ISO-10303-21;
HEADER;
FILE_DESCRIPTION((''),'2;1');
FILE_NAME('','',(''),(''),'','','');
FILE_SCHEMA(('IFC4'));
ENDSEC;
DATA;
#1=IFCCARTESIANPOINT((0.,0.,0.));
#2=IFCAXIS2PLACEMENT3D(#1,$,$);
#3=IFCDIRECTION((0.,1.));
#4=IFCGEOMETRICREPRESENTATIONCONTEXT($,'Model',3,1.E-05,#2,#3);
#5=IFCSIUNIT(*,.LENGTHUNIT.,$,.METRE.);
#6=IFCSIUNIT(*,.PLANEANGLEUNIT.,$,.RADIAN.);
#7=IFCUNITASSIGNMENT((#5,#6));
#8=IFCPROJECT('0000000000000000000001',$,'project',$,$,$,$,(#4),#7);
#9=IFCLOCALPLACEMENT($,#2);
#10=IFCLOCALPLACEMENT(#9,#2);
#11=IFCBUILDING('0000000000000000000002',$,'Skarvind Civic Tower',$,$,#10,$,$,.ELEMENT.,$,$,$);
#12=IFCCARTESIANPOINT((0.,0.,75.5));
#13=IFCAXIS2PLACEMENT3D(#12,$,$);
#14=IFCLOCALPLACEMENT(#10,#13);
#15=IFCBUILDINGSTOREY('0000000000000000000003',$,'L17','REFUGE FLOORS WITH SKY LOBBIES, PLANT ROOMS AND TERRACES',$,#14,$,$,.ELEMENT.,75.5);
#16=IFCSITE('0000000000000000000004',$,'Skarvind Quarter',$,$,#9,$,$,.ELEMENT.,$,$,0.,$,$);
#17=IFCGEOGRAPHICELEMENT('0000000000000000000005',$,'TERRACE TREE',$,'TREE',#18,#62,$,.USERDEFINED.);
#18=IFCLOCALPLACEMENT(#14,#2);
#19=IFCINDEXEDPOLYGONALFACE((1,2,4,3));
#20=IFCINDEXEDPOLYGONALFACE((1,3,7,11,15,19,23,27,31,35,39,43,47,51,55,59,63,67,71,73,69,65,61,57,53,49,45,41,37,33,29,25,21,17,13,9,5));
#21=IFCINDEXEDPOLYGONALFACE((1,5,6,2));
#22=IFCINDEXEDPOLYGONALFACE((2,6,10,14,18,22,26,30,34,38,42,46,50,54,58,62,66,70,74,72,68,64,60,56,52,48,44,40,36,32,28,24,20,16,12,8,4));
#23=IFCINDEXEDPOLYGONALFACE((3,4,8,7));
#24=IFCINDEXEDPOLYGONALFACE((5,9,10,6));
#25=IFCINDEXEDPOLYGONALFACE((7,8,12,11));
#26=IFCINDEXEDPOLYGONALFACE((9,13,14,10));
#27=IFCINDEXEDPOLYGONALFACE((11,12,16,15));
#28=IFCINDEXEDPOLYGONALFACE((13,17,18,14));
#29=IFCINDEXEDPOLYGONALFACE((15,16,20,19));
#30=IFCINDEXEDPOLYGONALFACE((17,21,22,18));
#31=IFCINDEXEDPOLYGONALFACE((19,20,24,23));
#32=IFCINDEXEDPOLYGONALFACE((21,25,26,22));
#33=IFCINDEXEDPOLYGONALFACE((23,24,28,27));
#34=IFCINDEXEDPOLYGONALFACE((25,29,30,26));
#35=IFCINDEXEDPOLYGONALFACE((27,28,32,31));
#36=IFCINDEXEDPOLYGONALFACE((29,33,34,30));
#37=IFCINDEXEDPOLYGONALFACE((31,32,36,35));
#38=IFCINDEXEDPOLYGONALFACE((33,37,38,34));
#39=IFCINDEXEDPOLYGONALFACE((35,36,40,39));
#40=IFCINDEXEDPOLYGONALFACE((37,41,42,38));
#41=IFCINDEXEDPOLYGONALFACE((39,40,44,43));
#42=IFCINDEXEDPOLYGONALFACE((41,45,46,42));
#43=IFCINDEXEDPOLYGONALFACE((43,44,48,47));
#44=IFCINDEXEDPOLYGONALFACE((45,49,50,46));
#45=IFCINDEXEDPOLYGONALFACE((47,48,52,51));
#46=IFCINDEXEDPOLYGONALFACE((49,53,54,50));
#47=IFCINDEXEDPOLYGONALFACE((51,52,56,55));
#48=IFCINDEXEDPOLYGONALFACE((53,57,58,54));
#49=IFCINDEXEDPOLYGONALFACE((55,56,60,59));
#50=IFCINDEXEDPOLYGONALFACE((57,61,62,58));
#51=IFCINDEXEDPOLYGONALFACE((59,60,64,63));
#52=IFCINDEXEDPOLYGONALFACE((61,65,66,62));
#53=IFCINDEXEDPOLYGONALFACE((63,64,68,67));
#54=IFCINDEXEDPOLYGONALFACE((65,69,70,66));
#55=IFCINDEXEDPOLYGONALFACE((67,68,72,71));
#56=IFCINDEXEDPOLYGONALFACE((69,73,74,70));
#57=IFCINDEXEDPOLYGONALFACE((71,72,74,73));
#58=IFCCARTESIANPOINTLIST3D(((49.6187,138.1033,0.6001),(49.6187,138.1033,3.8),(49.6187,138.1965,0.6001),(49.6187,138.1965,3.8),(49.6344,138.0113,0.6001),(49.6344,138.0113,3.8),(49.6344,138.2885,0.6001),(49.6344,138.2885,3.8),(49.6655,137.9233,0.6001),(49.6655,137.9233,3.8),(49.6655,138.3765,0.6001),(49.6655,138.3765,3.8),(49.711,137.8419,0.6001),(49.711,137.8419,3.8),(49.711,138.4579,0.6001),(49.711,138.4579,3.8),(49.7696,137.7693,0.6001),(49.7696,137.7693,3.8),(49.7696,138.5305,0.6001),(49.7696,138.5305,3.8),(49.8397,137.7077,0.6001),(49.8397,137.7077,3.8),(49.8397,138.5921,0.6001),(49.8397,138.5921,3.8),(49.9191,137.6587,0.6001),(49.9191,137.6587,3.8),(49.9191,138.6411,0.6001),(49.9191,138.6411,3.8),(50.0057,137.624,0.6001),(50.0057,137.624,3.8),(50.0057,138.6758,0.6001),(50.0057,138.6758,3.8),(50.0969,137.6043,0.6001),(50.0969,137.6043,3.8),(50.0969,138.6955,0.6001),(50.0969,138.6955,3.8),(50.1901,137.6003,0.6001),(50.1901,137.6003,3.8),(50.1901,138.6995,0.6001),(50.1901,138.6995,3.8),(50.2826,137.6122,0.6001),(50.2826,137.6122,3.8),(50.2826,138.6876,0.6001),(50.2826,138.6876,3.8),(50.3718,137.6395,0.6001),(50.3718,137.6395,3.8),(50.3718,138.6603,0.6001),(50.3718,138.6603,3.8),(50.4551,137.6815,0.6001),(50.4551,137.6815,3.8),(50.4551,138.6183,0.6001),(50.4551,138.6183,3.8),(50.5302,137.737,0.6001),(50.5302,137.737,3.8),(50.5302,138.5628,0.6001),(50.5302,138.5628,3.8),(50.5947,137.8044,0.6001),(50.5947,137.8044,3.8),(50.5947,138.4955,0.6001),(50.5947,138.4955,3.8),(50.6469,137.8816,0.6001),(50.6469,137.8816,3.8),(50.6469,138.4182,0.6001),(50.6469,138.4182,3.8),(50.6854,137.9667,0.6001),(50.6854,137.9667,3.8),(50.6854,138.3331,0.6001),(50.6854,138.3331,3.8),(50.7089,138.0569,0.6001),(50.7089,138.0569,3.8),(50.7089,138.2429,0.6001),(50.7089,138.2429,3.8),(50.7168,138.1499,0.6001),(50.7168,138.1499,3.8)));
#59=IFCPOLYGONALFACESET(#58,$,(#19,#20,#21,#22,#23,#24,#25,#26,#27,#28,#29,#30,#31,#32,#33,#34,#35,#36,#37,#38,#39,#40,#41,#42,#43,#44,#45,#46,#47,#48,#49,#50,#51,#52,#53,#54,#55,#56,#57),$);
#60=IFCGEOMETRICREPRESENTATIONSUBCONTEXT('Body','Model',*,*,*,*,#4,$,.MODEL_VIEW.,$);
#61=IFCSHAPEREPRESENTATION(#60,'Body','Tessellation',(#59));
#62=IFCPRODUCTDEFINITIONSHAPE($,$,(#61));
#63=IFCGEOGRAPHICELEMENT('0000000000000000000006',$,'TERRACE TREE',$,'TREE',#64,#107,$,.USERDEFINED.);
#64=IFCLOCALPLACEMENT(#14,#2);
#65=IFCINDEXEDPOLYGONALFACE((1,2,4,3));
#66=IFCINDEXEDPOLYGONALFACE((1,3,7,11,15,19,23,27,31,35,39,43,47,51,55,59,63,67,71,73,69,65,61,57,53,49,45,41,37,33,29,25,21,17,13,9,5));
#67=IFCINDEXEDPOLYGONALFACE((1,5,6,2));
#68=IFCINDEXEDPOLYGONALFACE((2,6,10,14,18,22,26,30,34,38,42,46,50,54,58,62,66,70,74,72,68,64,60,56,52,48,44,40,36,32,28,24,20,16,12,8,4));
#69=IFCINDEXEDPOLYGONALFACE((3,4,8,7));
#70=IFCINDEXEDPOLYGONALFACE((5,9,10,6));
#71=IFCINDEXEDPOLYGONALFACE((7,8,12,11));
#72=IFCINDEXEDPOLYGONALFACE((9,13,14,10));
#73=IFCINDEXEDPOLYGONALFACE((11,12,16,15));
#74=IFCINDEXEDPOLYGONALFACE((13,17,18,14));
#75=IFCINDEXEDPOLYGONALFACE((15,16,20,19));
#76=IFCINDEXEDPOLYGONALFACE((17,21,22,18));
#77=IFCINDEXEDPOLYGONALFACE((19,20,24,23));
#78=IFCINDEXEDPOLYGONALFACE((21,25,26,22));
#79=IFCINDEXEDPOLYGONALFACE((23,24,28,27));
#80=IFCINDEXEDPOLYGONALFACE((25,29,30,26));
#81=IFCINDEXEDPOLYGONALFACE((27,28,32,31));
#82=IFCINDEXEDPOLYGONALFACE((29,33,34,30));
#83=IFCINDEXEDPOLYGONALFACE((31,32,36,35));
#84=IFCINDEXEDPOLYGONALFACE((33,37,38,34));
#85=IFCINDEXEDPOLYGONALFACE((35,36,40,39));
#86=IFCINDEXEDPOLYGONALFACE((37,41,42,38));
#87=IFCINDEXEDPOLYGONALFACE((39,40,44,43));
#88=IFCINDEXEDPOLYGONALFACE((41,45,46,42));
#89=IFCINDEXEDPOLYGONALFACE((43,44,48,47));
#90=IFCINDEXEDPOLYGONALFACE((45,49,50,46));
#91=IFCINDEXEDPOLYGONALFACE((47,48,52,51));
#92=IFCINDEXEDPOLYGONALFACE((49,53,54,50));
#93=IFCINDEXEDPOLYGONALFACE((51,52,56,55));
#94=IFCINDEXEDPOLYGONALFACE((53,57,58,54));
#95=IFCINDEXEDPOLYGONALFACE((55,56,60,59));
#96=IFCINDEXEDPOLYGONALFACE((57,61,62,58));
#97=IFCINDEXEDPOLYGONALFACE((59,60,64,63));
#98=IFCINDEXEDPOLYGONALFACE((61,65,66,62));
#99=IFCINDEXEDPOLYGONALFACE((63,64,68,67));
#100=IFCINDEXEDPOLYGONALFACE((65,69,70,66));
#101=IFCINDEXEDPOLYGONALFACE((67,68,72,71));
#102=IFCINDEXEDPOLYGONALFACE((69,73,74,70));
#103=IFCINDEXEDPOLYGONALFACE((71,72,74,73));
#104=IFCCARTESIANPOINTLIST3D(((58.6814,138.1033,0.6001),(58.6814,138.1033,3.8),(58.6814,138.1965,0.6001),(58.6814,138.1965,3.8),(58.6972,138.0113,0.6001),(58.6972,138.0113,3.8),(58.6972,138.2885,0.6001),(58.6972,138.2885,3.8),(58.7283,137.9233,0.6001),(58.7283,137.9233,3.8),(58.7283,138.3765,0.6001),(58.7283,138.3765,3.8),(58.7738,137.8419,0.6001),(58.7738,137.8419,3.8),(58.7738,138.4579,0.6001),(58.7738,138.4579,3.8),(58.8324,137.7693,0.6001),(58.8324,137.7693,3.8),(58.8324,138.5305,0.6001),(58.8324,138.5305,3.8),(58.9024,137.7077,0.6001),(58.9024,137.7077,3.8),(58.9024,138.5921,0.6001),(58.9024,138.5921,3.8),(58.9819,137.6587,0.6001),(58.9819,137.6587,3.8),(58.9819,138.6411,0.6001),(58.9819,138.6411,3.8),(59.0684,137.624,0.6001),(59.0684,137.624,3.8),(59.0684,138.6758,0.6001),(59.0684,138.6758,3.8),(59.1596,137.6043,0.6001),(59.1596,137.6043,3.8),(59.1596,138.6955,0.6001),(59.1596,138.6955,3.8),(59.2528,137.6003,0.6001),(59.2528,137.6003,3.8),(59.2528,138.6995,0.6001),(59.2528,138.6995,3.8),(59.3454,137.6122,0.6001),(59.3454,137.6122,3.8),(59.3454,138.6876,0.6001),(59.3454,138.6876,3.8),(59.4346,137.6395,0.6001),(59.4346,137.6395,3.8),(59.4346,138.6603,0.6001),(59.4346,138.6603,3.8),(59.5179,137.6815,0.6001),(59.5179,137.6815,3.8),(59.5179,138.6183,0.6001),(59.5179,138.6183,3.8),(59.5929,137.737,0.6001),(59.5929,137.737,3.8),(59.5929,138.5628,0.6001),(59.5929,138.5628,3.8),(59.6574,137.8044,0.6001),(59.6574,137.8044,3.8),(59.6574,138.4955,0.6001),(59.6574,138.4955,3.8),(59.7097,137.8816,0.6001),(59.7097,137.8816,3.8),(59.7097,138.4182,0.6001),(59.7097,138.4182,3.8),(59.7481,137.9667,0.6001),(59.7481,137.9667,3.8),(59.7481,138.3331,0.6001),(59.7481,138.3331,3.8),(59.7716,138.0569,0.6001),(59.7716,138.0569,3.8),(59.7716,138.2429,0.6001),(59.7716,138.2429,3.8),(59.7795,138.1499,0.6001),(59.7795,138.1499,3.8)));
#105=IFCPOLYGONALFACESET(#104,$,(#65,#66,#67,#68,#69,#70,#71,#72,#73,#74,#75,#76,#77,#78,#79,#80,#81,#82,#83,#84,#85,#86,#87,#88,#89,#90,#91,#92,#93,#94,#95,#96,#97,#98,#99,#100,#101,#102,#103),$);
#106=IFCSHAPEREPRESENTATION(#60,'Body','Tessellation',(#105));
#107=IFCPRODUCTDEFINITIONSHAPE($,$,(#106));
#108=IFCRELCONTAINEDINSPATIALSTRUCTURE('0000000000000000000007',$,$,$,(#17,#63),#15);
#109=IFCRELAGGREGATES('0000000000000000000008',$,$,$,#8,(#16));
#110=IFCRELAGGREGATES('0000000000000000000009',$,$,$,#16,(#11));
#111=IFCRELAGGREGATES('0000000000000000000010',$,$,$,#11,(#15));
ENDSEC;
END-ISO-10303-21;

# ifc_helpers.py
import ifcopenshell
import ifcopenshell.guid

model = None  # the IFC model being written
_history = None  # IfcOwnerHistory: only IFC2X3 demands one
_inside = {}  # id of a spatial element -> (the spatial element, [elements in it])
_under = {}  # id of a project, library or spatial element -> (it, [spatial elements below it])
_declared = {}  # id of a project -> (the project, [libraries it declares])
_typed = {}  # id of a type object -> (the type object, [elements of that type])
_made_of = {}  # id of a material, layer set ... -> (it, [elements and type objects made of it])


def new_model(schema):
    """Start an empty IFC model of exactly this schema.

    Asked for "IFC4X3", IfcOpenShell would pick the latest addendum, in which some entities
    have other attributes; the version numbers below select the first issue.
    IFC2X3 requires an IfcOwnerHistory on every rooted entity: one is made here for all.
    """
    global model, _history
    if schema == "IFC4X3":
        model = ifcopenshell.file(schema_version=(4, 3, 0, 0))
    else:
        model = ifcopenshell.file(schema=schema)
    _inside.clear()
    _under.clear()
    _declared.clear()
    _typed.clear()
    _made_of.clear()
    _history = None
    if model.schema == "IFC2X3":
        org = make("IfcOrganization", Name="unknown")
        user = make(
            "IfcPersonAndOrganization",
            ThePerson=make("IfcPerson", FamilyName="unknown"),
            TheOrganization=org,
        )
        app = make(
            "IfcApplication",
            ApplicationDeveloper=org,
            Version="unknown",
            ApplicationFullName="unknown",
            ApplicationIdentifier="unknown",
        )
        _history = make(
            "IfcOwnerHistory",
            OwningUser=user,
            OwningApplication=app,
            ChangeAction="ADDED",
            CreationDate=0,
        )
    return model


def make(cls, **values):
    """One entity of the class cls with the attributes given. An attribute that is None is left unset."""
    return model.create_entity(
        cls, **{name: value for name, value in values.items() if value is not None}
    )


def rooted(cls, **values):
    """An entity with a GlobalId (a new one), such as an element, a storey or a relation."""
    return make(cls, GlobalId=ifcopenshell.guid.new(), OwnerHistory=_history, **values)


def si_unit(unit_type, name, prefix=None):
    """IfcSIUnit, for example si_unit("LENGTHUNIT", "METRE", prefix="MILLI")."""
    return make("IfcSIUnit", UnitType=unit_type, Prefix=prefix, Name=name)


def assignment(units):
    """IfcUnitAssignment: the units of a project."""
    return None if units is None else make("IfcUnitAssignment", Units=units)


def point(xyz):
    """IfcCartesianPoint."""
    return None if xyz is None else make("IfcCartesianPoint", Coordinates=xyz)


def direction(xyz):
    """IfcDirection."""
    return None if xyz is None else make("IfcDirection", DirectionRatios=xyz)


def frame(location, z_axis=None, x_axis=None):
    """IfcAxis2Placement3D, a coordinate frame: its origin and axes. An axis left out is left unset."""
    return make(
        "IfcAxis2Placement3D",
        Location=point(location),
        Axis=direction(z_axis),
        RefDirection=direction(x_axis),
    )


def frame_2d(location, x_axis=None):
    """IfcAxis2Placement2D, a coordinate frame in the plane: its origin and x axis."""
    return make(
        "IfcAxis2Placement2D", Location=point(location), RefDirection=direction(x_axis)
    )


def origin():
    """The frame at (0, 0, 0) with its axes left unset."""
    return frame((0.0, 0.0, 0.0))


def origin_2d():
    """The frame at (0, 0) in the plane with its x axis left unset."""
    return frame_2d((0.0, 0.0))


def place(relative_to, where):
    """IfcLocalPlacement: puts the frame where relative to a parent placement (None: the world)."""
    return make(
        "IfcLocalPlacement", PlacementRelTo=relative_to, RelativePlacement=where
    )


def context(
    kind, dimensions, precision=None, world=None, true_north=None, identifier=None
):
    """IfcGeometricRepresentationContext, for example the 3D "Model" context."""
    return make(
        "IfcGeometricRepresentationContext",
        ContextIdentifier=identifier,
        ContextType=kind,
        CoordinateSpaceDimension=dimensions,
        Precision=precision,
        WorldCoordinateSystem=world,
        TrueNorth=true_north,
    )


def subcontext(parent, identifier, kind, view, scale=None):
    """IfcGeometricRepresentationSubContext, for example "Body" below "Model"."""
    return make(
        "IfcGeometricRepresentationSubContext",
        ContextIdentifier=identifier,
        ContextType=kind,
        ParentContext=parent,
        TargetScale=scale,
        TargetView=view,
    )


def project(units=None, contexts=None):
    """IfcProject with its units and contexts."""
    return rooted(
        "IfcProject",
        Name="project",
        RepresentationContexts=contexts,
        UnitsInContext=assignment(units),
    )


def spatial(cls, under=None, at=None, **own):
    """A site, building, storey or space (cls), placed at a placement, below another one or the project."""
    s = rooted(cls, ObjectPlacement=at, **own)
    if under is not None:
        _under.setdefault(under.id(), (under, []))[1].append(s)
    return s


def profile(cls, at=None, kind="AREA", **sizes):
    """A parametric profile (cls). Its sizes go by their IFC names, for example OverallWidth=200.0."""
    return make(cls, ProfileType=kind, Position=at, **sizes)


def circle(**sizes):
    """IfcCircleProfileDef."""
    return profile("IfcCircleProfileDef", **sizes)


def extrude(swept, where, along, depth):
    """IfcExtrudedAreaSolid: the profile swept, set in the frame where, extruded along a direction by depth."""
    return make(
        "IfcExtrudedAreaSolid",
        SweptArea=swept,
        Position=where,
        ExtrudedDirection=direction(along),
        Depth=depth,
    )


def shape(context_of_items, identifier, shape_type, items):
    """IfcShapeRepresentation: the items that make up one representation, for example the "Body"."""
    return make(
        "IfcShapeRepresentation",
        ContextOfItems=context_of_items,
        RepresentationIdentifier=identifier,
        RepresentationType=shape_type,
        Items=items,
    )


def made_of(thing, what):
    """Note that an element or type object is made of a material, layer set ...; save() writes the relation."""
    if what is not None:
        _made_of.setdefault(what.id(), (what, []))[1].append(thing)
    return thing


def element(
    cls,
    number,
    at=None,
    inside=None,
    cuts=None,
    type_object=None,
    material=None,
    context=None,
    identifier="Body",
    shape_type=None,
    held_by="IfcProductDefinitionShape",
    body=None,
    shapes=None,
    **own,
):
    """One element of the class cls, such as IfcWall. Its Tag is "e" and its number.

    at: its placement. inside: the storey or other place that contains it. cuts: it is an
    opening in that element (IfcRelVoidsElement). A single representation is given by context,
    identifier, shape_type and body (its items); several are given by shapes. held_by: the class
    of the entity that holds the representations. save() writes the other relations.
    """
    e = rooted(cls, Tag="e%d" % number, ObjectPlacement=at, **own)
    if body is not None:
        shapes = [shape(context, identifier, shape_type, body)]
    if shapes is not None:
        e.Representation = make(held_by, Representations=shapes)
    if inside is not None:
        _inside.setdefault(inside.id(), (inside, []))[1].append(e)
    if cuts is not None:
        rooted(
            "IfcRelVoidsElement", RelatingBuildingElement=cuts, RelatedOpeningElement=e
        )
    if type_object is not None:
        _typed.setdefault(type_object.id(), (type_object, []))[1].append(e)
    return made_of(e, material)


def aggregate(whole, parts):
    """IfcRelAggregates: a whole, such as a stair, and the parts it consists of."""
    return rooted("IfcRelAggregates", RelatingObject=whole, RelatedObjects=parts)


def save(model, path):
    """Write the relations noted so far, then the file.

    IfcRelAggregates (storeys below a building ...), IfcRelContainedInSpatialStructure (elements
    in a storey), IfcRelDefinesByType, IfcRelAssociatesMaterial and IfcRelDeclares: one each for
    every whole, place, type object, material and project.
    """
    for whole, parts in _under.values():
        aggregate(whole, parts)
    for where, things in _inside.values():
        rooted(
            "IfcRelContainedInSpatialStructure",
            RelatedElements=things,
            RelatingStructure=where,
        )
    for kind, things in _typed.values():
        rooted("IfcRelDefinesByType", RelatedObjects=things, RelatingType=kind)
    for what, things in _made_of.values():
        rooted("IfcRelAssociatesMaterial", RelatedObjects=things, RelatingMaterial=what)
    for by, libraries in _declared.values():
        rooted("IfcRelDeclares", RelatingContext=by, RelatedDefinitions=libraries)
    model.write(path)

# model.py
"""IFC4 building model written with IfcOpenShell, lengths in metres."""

from ifc_helpers import new_model, si_unit, direction, frame, origin, origin_2d, place, context, subcontext, project, spatial, circle, extrude, element, save


model = new_model("IFC4")

# Units and contexts
model_context = context("Model", 3, precision=1e-05, world=origin(), true_north=direction((0.0, 1.0)))
body_context = subcontext(model_context, "Body", "Model", "MODEL_VIEW")
ifc_project = project(units=[si_unit("LENGTHUNIT", "METRE"), si_unit("PLANEANGLEUNIT", "RADIAN")], contexts=[model_context])

# Site, building, storey
site_placement = place(None, origin())
site = spatial("IfcSite", under=ifc_project, at=site_placement, Name="Skarvind Quarter", CompositionType="ELEMENT", RefElevation=0.0)
building_placement = place(site_placement, origin())
building = spatial("IfcBuilding", under=site, at=building_placement, Name="Skarvind Civic Tower", CompositionType="ELEMENT")
storey_placement = place(building_placement, frame((0.0, 0.0, 75.5)))
storey = spatial("IfcBuildingStorey", under=building, at=storey_placement, Name="L17", Description="REFUGE FLOORS WITH SKY LOBBIES, PLANT ROOMS AND TERRACES", CompositionType="ELEMENT", Elevation=75.5)

# Geographic elements
for number, where, z_axis, x_axis, name in (
    (1, (50.1667, 138.1499, 0.6001), (0.0, 0.0, 1.0), (1.0, 0.0, 0.0), "TERRACE TREE"),
    (2, (59.2295, 138.1499, 0.6001), (0.0, 0.0, 1.0), (1.0, 0.0, 0.0), "TERRACE TREE"),
):
    element("IfcGeographicElement", number, at=place(storey_placement, frame(where, z_axis=z_axis, x_axis=x_axis)), inside=storey, Name=name, ObjectType="TREE", PredefinedType="USERDEFINED", context=body_context, shape_type="SweptSolid", body=[
        extrude(circle(Radius=0.55, at=origin_2d()), origin(), (0.0, 0.0, 1.0), 3.2),
    ])

save(model, "model.ifc")
